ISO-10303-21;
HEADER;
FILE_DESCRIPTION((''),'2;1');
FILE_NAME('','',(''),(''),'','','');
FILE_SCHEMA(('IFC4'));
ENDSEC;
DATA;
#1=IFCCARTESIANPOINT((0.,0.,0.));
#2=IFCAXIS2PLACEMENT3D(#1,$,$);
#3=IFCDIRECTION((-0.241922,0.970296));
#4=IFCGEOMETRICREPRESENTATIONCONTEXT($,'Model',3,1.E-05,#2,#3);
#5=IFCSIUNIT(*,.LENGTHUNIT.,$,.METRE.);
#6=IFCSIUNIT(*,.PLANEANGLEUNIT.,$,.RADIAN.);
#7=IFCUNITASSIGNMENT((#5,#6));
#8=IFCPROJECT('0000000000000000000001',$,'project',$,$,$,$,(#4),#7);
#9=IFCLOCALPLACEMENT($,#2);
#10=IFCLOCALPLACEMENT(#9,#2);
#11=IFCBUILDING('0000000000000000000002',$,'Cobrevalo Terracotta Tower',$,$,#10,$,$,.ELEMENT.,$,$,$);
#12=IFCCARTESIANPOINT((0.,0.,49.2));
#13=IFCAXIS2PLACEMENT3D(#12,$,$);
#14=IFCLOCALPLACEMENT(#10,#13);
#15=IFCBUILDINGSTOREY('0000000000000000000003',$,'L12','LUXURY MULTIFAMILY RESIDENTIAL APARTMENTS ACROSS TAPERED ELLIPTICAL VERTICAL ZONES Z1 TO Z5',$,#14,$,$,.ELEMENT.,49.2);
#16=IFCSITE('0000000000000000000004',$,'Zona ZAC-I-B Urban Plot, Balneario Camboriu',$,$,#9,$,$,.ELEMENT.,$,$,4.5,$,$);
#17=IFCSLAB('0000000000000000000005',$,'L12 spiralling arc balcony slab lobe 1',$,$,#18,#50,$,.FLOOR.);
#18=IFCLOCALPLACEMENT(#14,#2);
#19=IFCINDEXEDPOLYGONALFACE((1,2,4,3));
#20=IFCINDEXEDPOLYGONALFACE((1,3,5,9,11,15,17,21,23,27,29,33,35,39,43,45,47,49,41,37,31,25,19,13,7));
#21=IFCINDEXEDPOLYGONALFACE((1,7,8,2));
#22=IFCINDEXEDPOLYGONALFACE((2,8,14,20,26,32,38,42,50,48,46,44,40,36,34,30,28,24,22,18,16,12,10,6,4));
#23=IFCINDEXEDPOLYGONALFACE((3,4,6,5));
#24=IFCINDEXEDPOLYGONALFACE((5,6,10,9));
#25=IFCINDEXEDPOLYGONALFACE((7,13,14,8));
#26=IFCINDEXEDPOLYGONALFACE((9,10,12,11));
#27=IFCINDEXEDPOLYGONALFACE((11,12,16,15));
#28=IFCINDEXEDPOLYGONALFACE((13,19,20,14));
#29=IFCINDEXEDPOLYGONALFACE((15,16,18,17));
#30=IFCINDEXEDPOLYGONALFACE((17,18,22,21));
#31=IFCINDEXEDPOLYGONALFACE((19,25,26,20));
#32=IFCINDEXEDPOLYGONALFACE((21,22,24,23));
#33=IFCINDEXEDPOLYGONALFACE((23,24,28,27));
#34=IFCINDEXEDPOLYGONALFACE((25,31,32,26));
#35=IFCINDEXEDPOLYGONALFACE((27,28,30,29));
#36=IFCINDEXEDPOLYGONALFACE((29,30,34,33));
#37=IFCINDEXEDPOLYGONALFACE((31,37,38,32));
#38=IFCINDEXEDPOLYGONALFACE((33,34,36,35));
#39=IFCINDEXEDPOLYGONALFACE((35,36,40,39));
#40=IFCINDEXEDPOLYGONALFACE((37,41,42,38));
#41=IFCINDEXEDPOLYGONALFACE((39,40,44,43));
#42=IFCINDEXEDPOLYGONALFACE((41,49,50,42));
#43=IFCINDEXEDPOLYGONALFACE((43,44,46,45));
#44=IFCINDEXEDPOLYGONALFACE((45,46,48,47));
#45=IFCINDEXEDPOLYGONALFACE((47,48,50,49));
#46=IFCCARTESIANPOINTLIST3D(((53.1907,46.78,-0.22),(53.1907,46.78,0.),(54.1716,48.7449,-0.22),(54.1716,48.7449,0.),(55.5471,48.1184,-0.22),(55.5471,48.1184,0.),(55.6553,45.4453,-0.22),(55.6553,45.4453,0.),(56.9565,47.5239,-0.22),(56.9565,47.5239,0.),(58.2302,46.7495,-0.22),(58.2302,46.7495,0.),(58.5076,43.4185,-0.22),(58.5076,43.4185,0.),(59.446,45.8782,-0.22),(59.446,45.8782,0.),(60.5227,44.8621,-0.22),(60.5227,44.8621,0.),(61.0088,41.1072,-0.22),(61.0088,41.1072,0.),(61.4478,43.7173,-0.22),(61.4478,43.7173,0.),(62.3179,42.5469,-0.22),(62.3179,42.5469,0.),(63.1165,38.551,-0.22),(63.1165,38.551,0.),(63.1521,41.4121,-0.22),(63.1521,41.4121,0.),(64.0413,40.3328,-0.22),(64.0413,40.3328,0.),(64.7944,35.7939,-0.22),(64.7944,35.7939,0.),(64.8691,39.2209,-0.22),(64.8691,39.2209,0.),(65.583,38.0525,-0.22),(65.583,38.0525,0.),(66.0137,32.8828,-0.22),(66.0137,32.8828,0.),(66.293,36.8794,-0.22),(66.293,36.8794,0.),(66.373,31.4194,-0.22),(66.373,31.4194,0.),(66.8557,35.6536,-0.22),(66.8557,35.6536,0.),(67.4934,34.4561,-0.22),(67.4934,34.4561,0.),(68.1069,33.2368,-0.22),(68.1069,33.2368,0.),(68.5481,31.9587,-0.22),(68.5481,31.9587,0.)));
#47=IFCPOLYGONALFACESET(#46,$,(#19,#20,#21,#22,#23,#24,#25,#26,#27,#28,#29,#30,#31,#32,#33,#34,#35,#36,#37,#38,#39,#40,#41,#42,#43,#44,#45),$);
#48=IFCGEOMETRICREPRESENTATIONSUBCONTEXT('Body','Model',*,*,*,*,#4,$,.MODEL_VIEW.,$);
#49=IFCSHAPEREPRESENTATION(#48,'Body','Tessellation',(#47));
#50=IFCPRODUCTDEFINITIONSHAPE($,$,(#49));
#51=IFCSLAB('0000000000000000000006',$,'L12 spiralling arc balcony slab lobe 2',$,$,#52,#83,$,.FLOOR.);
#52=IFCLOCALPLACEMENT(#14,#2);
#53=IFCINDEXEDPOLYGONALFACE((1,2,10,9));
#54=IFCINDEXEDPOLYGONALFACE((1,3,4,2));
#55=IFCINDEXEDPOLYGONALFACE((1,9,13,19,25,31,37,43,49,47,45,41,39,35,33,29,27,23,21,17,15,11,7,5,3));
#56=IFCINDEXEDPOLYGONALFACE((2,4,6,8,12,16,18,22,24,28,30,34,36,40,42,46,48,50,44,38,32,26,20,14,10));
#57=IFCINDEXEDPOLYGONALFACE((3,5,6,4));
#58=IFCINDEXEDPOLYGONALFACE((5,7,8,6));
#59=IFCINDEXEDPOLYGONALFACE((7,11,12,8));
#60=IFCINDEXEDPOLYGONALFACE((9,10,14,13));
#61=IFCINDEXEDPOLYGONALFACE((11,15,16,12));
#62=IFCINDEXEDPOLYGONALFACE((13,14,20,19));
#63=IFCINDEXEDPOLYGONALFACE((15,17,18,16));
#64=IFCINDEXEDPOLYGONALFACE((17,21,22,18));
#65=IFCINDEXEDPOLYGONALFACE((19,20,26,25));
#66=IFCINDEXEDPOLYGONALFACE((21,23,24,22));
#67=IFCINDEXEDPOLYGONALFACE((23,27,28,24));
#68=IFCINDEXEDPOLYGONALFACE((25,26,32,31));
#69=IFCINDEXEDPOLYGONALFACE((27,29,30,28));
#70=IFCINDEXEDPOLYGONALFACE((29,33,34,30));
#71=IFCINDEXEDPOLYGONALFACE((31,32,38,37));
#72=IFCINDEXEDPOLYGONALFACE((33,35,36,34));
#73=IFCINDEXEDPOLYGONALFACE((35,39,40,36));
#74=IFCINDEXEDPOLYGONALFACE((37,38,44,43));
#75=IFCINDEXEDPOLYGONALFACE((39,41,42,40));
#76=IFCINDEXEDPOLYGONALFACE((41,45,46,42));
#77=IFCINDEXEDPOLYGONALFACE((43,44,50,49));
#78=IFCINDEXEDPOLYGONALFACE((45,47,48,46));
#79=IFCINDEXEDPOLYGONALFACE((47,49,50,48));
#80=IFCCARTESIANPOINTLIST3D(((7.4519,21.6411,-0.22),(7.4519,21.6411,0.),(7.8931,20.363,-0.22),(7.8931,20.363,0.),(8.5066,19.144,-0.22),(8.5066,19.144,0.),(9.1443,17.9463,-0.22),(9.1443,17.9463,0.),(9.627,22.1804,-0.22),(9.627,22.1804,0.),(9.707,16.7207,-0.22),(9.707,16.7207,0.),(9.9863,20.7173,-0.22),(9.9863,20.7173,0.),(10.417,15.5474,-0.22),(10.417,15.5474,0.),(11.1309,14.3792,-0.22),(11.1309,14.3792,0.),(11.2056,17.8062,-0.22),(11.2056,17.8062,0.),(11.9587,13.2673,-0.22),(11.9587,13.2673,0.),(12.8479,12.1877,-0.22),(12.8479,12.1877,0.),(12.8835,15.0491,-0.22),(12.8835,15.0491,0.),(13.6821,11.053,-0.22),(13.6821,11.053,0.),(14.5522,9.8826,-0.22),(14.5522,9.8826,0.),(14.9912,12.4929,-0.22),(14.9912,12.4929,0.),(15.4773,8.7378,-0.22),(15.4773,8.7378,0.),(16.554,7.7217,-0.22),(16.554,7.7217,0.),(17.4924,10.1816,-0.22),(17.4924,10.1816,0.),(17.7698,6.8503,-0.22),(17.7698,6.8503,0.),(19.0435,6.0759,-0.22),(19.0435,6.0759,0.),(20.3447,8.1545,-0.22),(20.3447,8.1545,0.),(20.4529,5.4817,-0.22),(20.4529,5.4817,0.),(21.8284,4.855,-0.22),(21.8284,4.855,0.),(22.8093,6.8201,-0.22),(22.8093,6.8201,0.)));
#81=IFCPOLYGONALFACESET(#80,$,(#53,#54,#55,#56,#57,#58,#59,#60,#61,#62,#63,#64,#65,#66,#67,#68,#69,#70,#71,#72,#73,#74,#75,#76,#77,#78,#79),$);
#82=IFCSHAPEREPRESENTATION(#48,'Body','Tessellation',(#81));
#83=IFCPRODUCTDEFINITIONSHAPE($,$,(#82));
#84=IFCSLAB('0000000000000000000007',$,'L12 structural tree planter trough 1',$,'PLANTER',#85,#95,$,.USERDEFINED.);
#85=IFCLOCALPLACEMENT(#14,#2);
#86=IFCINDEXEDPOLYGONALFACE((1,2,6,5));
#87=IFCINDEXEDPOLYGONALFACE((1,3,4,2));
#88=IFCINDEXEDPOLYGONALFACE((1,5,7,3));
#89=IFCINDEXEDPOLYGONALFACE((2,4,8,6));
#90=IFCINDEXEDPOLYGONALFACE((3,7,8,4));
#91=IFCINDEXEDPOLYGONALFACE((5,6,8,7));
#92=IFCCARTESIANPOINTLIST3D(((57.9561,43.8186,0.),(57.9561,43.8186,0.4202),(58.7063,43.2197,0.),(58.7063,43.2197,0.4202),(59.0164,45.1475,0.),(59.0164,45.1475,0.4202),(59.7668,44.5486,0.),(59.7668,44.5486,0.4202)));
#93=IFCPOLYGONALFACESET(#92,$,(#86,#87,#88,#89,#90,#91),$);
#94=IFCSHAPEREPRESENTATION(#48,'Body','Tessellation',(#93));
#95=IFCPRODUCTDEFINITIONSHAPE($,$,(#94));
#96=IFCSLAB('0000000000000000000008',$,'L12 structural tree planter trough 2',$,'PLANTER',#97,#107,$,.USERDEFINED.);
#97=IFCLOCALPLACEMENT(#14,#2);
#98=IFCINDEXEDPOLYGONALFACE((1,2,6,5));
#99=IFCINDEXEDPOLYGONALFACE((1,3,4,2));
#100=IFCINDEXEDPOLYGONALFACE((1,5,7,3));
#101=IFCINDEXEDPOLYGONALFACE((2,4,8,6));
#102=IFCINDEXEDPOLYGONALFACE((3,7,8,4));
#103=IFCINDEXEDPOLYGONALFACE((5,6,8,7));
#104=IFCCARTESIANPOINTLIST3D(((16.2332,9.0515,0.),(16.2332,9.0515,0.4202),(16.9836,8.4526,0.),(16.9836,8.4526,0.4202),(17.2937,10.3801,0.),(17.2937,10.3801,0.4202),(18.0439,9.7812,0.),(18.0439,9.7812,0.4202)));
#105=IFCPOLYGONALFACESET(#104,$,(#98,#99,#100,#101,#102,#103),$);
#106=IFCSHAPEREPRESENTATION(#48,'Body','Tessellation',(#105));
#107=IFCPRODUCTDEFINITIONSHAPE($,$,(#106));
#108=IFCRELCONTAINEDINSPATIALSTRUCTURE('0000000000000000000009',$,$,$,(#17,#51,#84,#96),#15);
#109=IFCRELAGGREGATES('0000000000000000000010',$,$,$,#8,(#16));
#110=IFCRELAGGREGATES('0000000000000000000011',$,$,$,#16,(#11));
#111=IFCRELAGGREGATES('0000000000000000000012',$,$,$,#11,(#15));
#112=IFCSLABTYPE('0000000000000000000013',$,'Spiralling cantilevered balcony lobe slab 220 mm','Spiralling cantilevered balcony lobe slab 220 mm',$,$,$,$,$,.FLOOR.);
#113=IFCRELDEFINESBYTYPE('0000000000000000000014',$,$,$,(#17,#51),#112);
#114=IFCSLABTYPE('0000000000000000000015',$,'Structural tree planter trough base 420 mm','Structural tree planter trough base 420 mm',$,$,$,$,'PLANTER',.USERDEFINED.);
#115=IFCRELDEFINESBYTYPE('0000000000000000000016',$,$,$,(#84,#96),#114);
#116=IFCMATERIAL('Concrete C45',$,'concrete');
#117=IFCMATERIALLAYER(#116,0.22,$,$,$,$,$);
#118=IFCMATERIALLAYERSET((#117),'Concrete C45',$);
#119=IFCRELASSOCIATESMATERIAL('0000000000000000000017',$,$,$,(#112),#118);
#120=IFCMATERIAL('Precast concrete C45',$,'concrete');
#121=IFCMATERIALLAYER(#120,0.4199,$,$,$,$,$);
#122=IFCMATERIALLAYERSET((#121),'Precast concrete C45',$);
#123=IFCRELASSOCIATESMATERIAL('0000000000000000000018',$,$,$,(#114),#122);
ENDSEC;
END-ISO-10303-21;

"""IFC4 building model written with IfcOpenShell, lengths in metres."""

from ifc_helpers import new_model, si_unit, direction, frame, origin, place, context, subcontext, project, spatial, polyline, outline, extrude, material, layer, layer_set, type_object, element, save


model = new_model("IFC4")

# Units and contexts
model_context = context("Model", 3, precision=1e-05, world=origin(), true_north=direction((-0.241922, 0.970296)))
body_context = subcontext(model_context, "Body", "Model", "MODEL_VIEW")
ifc_project = project(units=[si_unit("LENGTHUNIT", "METRE"), si_unit("PLANEANGLEUNIT", "RADIAN")], contexts=[model_context])

# Site, building, storey
site_placement = place(None, origin())
site = spatial("IfcSite", under=ifc_project, at=site_placement, Name="Zona ZAC-I-B Urban Plot, Balneario Camboriu", CompositionType="ELEMENT", RefElevation=4.5)
building_placement = place(site_placement, origin())
building = spatial("IfcBuilding", under=site, at=building_placement, Name="Cobrevalo Terracotta Tower", CompositionType="ELEMENT")
storey_placement = place(building_placement, frame((0.0, 0.0, 49.2)))
storey = spatial("IfcBuildingStorey", under=building, at=storey_placement, Name="L12", Description="LUXURY MULTIFAMILY RESIDENTIAL APARTMENTS ACROSS TAPERED ELLIPTICAL VERTICAL ZONES Z1 TO Z5", CompositionType="ELEMENT", Elevation=49.2)

# Slabs
ifc_material_1 = material(Name="Concrete C45", Category="concrete")
ifc_layer_1 = layer(ifc_material_1, 0.22)
ifc_layer_set_1 = layer_set([ifc_layer_1], Name="Concrete C45")
slab_type_1 = type_object("IfcSlabType", Name="Spiralling cantilevered balcony lobe slab 220 mm", Description="Spiralling cantilevered balcony lobe slab 220 mm", PredefinedType="FLOOR", material=ifc_layer_set_1)
slab_1_placement = place(storey_placement, frame((0.0, 0.0, -0.22)))
element("IfcSlab", 1, at=slab_1_placement, inside=storey, type_object=slab_type_1, Name="L12 spiralling arc balcony slab lobe 1", PredefinedType="FLOOR", context=body_context, shape_type="SweptSolid", body=[
    extrude(outline(polyline([(68.5481, 31.9587), (68.1069, 33.2368), (67.4934, 34.4561), (66.8557, 35.6536), (66.293, 36.8794), (65.583, 38.0525), (64.8691, 39.2209), (64.0413, 40.3328), (63.1521, 41.4121), (62.3179, 42.5469), (61.4478, 43.7173), (60.5227, 44.8621), (59.446, 45.8782), (58.2302, 46.7495), (56.9565, 47.5239), (55.5471, 48.1184), (54.1716, 48.7449), (53.1907, 46.78), (55.6553, 45.4453), (58.5076, 43.4185), (61.0088, 41.1072), (63.1165, 38.551), (64.7944, 35.7939), (66.0137, 32.8828), (66.373, 31.4194), (68.5481, 31.9587)])), origin(), (0.0, 0.0, 1.0), 0.22),
])
slab_2_placement = place(storey_placement, frame((0.0, 0.0, -0.22)))
element("IfcSlab", 2, at=slab_2_placement, inside=storey, type_object=slab_type_1, Name="L12 spiralling arc balcony slab lobe 2", PredefinedType="FLOOR", context=body_context, shape_type="SweptSolid", body=[
    extrude(outline(polyline([(7.4519, 21.6411), (7.8931, 20.363), (8.5066, 19.144), (9.1443, 17.9463), (9.707, 16.7207), (10.417, 15.5474), (11.1309, 14.3792), (11.9587, 13.2673), (12.8479, 12.1877), (13.6821, 11.053), (14.5522, 9.8826), (15.4773, 8.7378), (16.554, 7.7217), (17.7698, 6.8503), (19.0435, 6.0759), (20.4529, 5.4817), (21.8284, 4.855), (22.8093, 6.8201), (20.3447, 8.1545), (17.4924, 10.1816), (14.9912, 12.4929), (12.8835, 15.0491), (11.2056, 17.8062), (9.9863, 20.7173), (9.627, 22.1804), (7.4519, 21.6411)])), origin(), (0.0, 0.0, 1.0), 0.22),
])
ifc_material_2 = material(Name="Precast concrete C45", Category="concrete")
ifc_layer_2 = layer(ifc_material_2, 0.4199)
ifc_layer_set_2 = layer_set([ifc_layer_2], Name="Precast concrete C45")
slab_type_2 = type_object("IfcSlabType", Name="Structural tree planter trough base 420 mm", Description="Structural tree planter trough base 420 mm", ElementType="PLANTER", PredefinedType="USERDEFINED", material=ifc_layer_set_2)
slab_3_placement = place(storey_placement, origin())
element("IfcSlab", 3, at=slab_3_placement, inside=storey, type_object=slab_type_2, Name="L12 structural tree planter trough 1", ObjectType="PLANTER", PredefinedType="USERDEFINED", context=body_context, shape_type="SweptSolid", body=[
    extrude(outline(polyline([(58.7063, 43.2197), (59.7668, 44.5486), (59.0164, 45.1475), (57.9561, 43.8186), (58.7063, 43.2197)])), origin(), (0.0, 0.0, 1.0), 0.4202),
])
slab_4_placement = place(storey_placement, origin())
element("IfcSlab", 4, at=slab_4_placement, inside=storey, type_object=slab_type_2, Name="L12 structural tree planter trough 2", ObjectType="PLANTER", PredefinedType="USERDEFINED", context=body_context, shape_type="SweptSolid", body=[
    extrude(outline(polyline([(17.2937, 10.3801), (16.2332, 9.0515), (16.9836, 8.4526), (18.0439, 9.7812), (17.2937, 10.3801)])), origin(), (0.0, 0.0, 1.0), 0.4202),
])

save(model, "model.ifc")
